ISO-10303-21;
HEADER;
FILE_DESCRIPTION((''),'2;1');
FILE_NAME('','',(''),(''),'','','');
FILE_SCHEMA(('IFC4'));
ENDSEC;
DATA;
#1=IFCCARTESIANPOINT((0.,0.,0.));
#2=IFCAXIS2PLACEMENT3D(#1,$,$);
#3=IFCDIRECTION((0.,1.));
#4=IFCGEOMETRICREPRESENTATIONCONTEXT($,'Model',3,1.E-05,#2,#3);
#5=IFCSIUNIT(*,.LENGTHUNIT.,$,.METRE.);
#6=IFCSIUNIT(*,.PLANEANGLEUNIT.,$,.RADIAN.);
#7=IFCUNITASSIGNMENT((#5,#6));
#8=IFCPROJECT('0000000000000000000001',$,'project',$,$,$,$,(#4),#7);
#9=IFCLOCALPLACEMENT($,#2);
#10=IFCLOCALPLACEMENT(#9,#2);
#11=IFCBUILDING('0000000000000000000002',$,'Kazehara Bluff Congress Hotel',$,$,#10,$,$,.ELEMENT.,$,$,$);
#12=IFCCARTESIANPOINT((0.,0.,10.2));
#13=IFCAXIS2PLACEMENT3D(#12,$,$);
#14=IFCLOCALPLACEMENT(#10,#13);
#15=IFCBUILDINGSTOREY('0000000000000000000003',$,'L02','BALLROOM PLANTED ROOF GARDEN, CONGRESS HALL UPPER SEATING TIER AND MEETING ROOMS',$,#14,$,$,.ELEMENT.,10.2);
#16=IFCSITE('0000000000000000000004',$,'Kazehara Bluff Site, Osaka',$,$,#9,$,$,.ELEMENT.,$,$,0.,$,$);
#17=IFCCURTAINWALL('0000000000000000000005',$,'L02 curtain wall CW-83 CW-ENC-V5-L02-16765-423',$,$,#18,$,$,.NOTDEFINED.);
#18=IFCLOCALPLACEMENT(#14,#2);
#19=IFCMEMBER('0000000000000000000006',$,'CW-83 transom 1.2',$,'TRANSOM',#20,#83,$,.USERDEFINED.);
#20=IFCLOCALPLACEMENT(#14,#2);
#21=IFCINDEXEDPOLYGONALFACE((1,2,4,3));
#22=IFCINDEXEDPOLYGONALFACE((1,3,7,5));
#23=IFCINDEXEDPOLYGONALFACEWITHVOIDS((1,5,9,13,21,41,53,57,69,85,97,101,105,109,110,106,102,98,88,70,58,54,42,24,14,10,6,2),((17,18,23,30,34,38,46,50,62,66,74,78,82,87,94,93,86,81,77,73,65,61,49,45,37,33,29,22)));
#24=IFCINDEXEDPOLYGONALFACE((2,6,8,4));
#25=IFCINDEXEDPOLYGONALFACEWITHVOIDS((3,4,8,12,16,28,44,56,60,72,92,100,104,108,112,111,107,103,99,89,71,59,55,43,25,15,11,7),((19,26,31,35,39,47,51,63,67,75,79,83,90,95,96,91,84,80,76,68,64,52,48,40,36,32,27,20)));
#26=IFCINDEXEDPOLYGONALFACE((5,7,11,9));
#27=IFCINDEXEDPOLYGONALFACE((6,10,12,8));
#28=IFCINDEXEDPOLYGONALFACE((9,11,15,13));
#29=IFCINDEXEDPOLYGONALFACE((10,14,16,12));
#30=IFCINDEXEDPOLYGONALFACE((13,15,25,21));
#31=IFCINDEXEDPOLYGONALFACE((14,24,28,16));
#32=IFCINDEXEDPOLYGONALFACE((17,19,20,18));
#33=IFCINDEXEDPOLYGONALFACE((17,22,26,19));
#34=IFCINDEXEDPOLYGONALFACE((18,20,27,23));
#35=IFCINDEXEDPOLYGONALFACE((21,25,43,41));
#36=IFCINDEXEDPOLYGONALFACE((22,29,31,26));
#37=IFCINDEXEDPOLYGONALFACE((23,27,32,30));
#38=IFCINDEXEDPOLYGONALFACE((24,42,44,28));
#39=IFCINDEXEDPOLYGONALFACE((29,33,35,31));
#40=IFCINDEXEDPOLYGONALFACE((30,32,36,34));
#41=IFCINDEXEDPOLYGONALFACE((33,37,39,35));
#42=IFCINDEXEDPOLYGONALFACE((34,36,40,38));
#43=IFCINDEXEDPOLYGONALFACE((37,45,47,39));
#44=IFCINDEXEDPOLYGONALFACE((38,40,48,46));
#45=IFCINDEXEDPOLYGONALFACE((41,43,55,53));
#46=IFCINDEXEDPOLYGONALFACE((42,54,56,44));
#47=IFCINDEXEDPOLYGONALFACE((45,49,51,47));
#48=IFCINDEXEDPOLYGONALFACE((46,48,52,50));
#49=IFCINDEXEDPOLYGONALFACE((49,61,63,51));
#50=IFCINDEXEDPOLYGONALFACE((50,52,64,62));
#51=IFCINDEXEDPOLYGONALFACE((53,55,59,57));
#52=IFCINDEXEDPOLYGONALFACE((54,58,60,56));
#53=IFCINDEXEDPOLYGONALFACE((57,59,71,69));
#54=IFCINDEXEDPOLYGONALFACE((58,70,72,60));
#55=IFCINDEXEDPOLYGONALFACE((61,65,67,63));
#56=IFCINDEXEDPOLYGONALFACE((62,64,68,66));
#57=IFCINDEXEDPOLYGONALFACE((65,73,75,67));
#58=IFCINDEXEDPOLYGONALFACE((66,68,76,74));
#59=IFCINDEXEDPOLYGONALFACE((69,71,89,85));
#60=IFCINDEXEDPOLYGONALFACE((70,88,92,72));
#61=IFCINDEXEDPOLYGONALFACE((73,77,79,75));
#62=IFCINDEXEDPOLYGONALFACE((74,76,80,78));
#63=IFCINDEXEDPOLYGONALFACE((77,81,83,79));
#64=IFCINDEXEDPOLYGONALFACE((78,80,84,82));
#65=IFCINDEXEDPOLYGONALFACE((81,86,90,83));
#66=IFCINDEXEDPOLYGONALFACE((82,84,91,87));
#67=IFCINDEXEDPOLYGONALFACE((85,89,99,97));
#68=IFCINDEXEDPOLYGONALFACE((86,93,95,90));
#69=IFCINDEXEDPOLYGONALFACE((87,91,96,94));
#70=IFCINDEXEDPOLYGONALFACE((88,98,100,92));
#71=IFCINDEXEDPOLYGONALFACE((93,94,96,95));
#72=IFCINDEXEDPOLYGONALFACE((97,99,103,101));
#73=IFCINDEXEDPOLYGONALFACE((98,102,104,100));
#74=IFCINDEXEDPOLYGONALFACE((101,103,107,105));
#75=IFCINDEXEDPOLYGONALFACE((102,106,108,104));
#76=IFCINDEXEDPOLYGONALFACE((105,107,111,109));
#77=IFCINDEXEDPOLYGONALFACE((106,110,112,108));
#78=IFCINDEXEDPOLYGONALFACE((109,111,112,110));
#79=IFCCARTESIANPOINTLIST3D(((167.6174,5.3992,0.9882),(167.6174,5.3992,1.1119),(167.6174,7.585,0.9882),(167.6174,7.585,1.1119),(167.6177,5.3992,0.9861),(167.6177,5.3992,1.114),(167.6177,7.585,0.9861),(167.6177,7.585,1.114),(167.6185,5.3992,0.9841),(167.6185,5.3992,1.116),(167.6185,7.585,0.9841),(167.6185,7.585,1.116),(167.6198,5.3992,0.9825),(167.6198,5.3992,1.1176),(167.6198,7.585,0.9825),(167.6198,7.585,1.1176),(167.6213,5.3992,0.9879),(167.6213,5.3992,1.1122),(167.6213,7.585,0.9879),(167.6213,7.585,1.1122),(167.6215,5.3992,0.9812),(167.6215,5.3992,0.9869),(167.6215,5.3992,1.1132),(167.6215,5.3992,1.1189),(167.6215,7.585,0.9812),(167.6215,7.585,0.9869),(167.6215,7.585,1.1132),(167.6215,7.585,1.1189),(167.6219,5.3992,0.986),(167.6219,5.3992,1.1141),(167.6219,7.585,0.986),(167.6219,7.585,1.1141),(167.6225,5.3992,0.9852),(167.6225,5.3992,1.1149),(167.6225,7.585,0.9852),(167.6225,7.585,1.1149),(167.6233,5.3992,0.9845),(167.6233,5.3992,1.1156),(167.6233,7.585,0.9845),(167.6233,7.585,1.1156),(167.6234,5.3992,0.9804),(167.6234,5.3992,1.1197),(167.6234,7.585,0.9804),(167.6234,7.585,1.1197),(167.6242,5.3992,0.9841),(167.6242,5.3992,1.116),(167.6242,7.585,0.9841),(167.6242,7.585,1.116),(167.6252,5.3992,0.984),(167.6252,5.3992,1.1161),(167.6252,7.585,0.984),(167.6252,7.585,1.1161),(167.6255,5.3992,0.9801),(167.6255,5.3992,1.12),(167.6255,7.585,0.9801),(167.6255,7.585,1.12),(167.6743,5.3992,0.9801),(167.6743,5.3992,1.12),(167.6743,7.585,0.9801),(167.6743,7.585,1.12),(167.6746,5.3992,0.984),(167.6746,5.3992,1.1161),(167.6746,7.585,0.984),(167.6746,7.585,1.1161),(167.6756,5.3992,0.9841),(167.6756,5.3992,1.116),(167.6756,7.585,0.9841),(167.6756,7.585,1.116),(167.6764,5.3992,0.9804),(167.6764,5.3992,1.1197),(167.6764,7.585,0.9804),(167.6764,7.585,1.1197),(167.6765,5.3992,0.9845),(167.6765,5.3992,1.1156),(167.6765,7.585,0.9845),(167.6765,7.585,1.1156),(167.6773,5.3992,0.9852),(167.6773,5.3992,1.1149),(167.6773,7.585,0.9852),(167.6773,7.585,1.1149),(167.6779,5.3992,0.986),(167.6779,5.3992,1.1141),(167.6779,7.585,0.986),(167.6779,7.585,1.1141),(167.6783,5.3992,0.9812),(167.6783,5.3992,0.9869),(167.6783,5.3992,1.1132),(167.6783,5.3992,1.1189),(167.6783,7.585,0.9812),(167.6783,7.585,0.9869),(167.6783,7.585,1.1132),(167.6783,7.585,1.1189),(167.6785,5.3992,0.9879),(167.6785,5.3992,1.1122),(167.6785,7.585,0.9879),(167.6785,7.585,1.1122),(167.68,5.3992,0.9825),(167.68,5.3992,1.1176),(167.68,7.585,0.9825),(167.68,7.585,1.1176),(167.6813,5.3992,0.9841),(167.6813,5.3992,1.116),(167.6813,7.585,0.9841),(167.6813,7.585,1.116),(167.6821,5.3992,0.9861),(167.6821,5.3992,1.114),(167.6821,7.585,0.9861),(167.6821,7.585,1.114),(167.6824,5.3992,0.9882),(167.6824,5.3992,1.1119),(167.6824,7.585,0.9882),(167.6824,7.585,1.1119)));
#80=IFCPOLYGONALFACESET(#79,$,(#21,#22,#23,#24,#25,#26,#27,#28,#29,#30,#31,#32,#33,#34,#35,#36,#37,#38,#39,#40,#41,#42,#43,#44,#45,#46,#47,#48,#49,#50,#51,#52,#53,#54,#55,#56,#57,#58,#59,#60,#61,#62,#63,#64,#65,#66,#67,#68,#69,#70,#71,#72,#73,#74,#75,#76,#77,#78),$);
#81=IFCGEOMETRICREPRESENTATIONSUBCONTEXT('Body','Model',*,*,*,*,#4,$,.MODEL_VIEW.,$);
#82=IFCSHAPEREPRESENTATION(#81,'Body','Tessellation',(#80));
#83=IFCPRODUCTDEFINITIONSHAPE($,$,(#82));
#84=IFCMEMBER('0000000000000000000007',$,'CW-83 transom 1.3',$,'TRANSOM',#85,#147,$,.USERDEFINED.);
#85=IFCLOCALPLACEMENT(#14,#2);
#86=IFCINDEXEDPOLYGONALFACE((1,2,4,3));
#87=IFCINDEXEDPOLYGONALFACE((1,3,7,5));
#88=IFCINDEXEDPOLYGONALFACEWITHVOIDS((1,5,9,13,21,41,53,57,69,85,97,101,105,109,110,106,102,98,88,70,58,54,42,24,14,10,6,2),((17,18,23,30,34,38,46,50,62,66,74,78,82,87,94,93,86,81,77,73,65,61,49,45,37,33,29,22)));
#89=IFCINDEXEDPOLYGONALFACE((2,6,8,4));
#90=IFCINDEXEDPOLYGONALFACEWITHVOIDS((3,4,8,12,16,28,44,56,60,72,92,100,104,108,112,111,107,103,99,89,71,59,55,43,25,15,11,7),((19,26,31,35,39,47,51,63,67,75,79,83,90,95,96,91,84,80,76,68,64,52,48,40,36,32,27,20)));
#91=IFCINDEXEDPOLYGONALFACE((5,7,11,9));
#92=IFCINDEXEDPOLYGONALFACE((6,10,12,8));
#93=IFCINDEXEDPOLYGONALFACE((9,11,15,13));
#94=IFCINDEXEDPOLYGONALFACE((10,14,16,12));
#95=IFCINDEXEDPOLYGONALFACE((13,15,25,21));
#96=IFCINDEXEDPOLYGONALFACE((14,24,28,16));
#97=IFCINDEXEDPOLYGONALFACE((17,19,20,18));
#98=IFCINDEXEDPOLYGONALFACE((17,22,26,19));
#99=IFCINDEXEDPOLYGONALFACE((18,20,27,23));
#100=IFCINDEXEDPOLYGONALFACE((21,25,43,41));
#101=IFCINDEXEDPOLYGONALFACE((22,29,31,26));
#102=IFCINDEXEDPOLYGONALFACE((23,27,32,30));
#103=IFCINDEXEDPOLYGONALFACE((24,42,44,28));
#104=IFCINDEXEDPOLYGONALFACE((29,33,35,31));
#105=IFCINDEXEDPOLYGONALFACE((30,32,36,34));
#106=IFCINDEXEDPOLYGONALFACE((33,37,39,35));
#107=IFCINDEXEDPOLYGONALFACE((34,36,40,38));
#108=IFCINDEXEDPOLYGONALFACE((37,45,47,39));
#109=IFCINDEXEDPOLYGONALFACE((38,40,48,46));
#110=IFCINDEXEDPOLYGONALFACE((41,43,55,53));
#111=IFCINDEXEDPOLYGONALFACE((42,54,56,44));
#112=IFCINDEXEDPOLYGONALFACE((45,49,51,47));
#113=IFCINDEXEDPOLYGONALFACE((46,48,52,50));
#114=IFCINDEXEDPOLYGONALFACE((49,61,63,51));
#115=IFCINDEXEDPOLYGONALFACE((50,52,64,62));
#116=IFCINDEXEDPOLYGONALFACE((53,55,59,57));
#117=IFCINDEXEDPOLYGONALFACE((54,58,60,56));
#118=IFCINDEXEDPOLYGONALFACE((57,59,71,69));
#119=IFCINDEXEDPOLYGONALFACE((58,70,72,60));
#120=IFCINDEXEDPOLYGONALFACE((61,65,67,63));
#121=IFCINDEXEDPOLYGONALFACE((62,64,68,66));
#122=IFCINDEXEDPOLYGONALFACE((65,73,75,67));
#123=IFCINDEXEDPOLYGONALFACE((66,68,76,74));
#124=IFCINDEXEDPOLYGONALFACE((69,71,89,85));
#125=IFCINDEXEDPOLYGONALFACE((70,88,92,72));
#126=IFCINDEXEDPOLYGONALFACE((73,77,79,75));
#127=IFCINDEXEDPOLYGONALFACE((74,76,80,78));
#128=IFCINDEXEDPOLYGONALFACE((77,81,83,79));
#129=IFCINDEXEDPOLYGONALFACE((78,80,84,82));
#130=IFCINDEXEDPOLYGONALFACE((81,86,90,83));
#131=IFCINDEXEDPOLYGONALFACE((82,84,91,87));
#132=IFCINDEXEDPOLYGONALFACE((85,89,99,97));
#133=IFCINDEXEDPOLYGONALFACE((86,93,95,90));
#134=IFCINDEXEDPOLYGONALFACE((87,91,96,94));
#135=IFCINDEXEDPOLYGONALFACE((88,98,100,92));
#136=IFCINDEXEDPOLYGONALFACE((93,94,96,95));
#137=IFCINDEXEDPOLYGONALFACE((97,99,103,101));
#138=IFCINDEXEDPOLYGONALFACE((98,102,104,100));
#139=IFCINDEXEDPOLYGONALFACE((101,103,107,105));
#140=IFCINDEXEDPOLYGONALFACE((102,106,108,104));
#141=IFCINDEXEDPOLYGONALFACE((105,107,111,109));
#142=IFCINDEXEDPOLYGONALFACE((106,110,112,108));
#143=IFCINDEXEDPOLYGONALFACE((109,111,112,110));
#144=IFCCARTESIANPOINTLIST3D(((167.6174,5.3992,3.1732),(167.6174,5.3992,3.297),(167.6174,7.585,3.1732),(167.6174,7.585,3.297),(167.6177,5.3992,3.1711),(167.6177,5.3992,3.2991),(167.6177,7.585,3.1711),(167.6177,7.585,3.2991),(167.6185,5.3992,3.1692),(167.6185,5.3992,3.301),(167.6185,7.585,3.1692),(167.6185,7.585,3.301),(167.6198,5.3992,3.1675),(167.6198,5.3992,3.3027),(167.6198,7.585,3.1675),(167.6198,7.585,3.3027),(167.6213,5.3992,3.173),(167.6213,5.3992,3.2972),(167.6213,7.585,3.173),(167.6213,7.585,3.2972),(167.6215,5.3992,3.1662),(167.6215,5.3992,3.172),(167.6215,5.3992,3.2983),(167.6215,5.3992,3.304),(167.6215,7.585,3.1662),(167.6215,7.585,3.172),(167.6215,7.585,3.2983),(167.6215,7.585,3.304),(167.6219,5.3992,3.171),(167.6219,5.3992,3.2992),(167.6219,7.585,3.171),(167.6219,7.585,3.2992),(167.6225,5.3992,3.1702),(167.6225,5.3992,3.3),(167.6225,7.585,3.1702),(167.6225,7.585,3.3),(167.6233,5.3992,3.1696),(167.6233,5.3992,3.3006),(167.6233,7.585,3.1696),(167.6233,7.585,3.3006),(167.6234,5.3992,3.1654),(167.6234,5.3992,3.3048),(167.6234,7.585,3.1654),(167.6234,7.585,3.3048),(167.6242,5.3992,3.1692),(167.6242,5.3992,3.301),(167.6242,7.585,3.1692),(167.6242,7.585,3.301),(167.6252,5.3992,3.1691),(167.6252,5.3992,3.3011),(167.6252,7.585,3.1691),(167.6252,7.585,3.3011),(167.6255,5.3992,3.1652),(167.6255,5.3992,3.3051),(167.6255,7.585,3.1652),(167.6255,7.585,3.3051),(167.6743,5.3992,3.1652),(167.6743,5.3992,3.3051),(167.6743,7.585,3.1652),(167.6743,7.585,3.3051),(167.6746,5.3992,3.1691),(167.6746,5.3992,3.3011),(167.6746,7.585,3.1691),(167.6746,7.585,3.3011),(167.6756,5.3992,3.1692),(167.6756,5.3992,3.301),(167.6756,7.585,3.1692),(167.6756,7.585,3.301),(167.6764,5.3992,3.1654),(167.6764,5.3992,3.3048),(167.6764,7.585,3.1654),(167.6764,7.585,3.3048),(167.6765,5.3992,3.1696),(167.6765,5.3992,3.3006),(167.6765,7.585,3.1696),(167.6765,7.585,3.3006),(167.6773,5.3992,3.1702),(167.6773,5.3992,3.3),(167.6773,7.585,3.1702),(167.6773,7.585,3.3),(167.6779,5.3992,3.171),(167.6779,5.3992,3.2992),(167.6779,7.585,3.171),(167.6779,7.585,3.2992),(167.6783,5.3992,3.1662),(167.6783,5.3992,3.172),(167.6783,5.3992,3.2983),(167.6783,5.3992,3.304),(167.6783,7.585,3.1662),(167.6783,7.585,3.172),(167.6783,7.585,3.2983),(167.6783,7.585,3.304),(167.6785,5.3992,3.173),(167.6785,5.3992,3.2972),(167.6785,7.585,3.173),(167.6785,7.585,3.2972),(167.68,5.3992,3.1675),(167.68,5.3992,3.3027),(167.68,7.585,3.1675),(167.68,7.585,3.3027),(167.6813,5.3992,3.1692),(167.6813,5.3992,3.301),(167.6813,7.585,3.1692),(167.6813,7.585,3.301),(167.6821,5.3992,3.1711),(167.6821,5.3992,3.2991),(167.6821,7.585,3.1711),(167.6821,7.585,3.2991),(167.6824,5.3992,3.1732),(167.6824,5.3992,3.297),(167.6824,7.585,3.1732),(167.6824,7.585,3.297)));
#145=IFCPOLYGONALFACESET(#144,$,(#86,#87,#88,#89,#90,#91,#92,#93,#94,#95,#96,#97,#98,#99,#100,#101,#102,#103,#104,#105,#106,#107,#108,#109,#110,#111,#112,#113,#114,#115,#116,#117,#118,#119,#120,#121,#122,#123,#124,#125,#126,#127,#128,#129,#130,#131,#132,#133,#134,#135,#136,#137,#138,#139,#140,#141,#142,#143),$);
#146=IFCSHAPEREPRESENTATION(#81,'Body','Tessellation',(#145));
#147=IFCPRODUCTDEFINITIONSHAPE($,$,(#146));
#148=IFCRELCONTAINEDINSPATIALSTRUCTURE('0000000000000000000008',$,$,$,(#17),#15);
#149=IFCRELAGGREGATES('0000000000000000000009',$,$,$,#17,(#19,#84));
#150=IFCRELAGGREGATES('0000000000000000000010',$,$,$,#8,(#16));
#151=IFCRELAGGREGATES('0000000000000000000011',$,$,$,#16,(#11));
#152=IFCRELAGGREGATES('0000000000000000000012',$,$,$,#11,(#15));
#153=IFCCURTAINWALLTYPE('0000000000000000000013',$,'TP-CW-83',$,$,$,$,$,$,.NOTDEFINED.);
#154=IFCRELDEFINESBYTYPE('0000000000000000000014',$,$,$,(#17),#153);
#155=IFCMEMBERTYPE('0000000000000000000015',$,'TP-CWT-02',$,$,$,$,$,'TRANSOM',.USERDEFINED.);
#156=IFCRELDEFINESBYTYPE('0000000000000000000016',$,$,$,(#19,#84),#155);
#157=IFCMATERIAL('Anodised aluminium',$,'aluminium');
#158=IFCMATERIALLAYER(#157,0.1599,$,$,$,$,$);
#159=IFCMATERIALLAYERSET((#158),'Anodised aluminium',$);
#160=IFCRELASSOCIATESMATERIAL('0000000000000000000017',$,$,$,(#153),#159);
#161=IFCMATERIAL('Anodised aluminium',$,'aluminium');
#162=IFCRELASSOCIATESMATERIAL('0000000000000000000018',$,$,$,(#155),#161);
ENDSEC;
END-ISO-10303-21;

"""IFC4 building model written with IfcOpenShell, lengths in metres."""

from ifc_helpers import new_model, si_unit, direction, frame, origin, origin_2d, place, context, subcontext, project, spatial, hollow_rectangle, extrude, material, layer, layer_set, material_profile, profile_set, type_object, element, aggregate, save


model = new_model("IFC4")

# Units and contexts
model_context = context("Model", 3, precision=1e-05, world=origin(), true_north=direction((0.0, 1.0)))
body_context = subcontext(model_context, "Body", "Model", "MODEL_VIEW")
ifc_project = project(units=[si_unit("LENGTHUNIT", "METRE"), si_unit("PLANEANGLEUNIT", "RADIAN")], contexts=[model_context])

# Site, building, storey
site_placement = place(None, origin())
site = spatial("IfcSite", under=ifc_project, at=site_placement, Name="Kazehara Bluff Site, Osaka", CompositionType="ELEMENT", RefElevation=0.0)
building_placement = place(site_placement, origin())
building = spatial("IfcBuilding", under=site, at=building_placement, Name="Kazehara Bluff Congress Hotel", CompositionType="ELEMENT")
storey_placement = place(building_placement, frame((0.0, 0.0, 10.2)))
storey = spatial("IfcBuildingStorey", under=building, at=storey_placement, Name="L02", Description="BALLROOM PLANTED ROOF GARDEN, CONGRESS HALL UPPER SEATING TIER AND MEETING ROOMS", CompositionType="ELEMENT", Elevation=10.2)

# Curtain wall, members
ifc_material_1 = material(Name="Anodised aluminium", Category="aluminium")
ifc_layer_1 = layer(ifc_material_1, 0.1599)
ifc_layer_set_1 = layer_set([ifc_layer_1], Name="Anodised aluminium")
curtain_wall_type = type_object("IfcCurtainWallType", Name="TP-CW-83", PredefinedType="NOTDEFINED", material=ifc_layer_set_1)
curtain_wall_placement = place(storey_placement, origin())
curtain_wall = element("IfcCurtainWall", 1, at=curtain_wall_placement, inside=storey, type_object=curtain_wall_type, Name="L02 curtain wall CW-83 CW-ENC-V5-L02-16765-423", PredefinedType="NOTDEFINED")
ifc_material_2 = material(Name="Anodised aluminium", Category="aluminium")
ifc_material_profile_1 = material_profile(ifc_material_2, hollow_rectangle(XDim=0.0649, YDim=0.1399, WallThickness=0.0039, InnerFilletRadius=0.0039, OuterFilletRadius=0.0081, at=origin_2d()))
ifc_profile_set_1 = profile_set([ifc_material_profile_1], Name="Anodised aluminium")
member_type_1 = type_object("IfcMemberType", Name="TP-CWT-02", ElementType="TRANSOM", PredefinedType="USERDEFINED", material=ifc_profile_set_1)
member_1_placement = place(storey_placement, frame((167.6499, 7.585, 1.05), z_axis=(0.0, -1.0, 0.0), x_axis=(1.0, 0.0, 0.0)))
member_1 = element("IfcMember", 2, at=member_1_placement, type_object=member_type_1, Name="CW-83 transom 1.2", ObjectType="TRANSOM", PredefinedType="USERDEFINED", context=body_context, shape_type="SweptSolid", body=[
    extrude(hollow_rectangle(XDim=0.0649, YDim=0.1399, WallThickness=0.0039, InnerFilletRadius=0.0039, OuterFilletRadius=0.0081, at=origin_2d()), origin(), (0.0, 0.0, 1.0), 2.1858),
])
member_2_placement = place(storey_placement, frame((167.6499, 7.585, 3.2351), z_axis=(0.0, -1.0, 0.0), x_axis=(1.0, 0.0, 0.0)))
member_2 = element("IfcMember", 3, at=member_2_placement, type_object=member_type_1, Name="CW-83 transom 1.3", ObjectType="TRANSOM", PredefinedType="USERDEFINED", context=body_context, shape_type="SweptSolid", body=[
    extrude(hollow_rectangle(XDim=0.0649, YDim=0.1399, WallThickness=0.0039, InnerFilletRadius=0.0039, OuterFilletRadius=0.0081, at=origin_2d()), origin(), (0.0, 0.0, 1.0), 2.1858),
])

aggregate(curtain_wall, [member_1, member_2])

save(model, "model.ifc")
